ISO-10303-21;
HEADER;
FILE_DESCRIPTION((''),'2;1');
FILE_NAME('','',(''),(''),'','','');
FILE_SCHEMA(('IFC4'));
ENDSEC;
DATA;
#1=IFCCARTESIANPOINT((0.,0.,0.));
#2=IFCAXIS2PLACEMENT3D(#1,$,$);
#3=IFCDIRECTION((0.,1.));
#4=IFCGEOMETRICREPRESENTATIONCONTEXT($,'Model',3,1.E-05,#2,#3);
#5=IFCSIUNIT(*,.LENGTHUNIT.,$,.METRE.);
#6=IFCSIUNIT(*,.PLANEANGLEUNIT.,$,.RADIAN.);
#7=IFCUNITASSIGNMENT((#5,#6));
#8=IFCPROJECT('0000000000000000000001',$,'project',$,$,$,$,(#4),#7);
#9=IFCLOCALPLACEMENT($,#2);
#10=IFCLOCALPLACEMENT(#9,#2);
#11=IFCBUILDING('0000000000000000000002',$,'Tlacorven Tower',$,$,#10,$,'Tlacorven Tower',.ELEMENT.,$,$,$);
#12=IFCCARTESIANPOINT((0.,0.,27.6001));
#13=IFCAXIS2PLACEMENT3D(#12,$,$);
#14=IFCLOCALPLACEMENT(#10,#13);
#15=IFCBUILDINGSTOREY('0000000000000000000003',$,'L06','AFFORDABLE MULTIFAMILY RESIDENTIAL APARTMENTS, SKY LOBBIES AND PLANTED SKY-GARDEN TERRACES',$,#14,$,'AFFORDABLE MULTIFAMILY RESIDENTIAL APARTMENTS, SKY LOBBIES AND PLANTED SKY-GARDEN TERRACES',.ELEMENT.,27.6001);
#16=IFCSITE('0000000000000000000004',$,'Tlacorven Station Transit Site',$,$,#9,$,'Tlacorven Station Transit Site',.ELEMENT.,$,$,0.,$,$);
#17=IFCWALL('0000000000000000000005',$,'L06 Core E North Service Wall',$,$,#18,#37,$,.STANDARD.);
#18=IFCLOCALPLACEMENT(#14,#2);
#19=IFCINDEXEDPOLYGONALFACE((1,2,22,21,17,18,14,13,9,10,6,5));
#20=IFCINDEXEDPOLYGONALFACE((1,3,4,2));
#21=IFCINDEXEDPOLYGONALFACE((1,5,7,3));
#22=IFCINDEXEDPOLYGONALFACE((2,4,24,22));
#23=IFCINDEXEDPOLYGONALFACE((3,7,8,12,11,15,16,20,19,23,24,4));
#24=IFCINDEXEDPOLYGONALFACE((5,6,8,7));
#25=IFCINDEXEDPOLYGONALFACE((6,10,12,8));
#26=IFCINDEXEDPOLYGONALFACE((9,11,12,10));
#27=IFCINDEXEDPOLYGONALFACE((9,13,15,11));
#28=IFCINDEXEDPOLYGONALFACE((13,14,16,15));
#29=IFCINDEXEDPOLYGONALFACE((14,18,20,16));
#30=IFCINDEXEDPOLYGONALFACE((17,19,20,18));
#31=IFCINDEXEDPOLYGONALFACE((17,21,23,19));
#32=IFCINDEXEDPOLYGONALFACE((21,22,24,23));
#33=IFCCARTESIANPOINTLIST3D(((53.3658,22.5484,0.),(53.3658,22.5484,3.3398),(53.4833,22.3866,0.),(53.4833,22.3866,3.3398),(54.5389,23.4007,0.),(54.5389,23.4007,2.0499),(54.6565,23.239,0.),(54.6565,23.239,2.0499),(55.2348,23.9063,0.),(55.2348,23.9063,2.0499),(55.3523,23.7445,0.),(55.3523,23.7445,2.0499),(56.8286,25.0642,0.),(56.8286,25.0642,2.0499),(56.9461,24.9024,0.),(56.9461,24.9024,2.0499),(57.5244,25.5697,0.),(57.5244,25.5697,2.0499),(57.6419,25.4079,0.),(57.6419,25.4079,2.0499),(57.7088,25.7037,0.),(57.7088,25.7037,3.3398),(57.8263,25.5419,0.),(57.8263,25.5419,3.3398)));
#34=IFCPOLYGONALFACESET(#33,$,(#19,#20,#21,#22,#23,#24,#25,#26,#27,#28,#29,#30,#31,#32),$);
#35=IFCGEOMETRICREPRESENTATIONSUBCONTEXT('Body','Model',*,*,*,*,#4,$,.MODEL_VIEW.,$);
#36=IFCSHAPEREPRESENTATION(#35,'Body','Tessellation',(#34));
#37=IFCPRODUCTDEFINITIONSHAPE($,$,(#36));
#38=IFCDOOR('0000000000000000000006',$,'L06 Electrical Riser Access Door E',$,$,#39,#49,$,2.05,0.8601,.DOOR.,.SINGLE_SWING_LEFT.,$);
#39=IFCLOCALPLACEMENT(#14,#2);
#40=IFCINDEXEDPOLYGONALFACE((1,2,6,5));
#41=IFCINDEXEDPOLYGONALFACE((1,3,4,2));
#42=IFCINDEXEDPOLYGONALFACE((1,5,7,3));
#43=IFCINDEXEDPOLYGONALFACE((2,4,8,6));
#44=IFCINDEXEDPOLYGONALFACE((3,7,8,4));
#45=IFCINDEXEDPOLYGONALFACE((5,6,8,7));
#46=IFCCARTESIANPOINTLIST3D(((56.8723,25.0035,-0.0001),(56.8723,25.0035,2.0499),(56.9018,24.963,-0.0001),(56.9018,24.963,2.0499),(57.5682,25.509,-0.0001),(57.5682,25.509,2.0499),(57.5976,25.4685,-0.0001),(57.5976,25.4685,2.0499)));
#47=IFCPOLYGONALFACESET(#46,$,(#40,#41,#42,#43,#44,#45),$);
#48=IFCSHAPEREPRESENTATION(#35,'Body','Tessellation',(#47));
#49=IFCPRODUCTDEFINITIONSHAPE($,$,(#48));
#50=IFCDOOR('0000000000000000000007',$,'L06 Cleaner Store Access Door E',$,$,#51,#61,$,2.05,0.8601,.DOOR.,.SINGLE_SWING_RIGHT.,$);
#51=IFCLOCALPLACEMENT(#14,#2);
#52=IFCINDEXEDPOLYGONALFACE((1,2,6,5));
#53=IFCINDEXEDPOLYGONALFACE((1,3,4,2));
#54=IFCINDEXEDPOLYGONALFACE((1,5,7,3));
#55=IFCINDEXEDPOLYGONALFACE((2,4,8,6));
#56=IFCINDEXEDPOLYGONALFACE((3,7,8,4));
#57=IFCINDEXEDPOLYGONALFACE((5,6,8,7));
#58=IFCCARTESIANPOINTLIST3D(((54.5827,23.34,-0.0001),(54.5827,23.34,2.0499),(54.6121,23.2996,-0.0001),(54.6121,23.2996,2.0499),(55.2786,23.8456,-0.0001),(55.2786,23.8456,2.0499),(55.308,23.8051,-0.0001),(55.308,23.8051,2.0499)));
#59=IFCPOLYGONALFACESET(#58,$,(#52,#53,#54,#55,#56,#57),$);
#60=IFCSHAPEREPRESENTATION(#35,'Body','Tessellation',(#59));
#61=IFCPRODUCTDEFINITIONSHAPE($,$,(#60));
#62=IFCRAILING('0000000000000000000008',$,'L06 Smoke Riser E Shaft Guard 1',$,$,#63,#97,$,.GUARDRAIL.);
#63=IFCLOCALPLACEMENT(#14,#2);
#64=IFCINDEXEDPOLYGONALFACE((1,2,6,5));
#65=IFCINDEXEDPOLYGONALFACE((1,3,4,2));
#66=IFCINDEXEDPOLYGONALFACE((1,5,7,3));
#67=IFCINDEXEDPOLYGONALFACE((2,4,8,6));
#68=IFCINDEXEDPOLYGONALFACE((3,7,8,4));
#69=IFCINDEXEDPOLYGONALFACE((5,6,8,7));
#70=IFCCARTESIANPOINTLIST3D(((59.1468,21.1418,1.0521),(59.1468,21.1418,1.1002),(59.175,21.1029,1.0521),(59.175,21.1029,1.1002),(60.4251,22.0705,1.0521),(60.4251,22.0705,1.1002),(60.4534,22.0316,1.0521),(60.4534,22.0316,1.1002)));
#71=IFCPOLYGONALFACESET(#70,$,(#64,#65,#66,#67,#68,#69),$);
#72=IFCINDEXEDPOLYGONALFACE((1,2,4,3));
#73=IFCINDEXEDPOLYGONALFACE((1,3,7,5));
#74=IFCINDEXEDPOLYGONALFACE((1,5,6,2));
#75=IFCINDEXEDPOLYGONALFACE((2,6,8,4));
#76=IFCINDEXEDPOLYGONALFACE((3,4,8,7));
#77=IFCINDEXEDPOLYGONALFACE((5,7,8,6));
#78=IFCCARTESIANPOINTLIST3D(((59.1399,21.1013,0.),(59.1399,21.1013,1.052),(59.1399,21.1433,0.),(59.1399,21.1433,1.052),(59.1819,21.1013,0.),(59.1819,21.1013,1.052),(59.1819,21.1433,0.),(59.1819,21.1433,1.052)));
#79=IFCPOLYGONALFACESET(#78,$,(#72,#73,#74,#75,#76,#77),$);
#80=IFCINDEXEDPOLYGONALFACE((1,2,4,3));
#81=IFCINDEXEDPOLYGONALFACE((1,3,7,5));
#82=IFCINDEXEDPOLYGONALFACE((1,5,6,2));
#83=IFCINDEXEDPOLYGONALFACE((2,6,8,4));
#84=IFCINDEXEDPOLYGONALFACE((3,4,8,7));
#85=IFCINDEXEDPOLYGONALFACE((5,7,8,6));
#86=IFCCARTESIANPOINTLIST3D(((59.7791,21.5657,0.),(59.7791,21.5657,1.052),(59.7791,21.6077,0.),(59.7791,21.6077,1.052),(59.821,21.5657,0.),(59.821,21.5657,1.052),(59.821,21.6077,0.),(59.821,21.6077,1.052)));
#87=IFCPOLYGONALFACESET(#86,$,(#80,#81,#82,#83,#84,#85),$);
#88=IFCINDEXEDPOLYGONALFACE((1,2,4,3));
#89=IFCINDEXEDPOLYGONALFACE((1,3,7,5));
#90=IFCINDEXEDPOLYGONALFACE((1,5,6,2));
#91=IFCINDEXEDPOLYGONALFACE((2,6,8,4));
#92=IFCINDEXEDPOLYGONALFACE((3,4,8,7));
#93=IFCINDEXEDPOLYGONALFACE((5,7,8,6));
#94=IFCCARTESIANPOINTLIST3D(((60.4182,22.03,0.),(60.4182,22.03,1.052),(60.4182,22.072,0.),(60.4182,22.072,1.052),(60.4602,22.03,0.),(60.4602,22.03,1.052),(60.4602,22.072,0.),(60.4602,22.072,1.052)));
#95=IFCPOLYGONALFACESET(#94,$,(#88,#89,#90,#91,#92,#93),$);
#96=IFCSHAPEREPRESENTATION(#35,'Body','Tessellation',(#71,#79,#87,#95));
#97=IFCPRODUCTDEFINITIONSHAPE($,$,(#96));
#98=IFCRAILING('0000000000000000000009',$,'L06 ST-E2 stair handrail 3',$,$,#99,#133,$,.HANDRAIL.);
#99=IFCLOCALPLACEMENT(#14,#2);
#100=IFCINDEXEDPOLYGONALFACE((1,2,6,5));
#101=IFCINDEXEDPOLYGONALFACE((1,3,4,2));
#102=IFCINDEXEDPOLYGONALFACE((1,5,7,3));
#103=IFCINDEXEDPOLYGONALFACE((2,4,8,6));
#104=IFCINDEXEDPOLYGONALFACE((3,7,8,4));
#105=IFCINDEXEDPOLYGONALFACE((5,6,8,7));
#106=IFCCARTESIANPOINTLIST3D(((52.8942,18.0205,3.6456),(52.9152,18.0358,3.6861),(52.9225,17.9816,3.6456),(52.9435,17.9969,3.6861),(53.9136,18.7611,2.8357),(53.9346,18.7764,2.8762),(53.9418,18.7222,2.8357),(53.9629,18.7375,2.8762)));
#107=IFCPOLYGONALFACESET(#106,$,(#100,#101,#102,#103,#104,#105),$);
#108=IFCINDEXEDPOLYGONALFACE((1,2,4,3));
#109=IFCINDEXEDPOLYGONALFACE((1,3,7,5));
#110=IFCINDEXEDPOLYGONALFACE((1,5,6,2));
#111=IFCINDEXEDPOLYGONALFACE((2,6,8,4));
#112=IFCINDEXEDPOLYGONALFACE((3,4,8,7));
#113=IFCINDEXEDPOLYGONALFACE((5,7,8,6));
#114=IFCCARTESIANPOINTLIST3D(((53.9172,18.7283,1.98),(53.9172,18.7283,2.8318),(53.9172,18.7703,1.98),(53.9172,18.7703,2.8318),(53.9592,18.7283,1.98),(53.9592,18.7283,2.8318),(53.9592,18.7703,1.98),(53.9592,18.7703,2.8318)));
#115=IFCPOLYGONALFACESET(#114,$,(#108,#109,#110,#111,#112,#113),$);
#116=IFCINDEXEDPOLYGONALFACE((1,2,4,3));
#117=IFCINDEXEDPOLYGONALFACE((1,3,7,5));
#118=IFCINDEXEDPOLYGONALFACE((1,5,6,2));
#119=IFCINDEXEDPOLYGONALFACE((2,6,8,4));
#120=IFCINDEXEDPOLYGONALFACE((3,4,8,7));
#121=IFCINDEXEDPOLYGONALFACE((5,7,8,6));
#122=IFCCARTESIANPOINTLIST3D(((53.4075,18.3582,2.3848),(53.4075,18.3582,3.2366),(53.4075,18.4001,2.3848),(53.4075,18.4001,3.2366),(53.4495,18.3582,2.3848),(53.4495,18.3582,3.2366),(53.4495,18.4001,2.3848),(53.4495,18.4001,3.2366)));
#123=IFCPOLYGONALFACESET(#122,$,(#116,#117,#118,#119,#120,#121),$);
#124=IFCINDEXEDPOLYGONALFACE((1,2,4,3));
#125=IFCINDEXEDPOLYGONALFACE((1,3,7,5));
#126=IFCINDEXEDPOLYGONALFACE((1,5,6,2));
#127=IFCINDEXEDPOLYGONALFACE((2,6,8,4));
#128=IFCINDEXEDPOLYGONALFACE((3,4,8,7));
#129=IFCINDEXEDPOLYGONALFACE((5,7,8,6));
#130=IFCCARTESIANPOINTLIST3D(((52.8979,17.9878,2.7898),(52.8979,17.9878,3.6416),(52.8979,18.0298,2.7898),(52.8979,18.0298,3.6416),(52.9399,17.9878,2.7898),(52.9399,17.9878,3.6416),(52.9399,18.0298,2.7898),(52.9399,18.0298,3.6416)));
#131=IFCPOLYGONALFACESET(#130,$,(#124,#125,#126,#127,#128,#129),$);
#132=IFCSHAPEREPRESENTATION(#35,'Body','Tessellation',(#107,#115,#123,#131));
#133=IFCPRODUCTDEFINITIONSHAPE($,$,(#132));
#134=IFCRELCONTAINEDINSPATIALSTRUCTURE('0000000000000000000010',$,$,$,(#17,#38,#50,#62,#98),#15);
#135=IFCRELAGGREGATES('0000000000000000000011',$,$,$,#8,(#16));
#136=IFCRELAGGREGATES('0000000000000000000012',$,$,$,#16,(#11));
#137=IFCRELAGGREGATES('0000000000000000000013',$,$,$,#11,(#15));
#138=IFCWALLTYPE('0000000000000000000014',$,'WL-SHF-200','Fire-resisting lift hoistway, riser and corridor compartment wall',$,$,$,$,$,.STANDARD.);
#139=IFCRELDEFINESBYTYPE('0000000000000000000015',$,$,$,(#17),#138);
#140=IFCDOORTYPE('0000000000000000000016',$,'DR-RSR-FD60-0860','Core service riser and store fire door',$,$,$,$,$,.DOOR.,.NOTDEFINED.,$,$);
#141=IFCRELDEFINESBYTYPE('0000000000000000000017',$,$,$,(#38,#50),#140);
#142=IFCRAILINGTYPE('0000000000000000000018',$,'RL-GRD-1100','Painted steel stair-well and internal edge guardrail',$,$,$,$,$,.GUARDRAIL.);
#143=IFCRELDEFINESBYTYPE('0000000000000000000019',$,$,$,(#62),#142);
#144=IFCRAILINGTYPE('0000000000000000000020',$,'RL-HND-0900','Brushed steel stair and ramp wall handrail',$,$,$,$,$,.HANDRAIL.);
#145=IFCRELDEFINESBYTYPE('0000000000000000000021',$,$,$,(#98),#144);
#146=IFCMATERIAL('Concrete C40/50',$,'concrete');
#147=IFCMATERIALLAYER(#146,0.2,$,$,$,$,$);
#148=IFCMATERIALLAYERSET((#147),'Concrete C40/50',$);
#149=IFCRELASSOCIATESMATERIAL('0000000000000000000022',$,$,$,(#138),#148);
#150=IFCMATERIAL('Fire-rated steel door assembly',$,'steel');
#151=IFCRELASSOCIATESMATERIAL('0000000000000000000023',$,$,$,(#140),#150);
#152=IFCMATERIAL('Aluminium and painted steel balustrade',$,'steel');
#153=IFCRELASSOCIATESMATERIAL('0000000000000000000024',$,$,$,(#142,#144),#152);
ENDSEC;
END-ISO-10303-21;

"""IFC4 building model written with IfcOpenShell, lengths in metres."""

from ifc_helpers import new_model, si_unit, direction, frame, frame_2d, origin, origin_2d, place, context, subcontext, project, spatial, rectangle, extrude, source, transform, mapped, material, layer, layer_set, type_object, element, fill, save


model = new_model("IFC4")

# Units and contexts
model_context = context("Model", 3, precision=1e-05, world=origin(), true_north=direction((0.0, 1.0)))
body_context = subcontext(model_context, "Body", "Model", "MODEL_VIEW")
ifc_project = project(units=[si_unit("LENGTHUNIT", "METRE"), si_unit("PLANEANGLEUNIT", "RADIAN")], contexts=[model_context])

# Site, building, storey
site_placement = place(None, origin())
site = spatial("IfcSite", under=ifc_project, at=site_placement, Name="Tlacorven Station Transit Site", LongName="Tlacorven Station Transit Site", CompositionType="ELEMENT", RefElevation=0.0)
building_placement = place(site_placement, origin())
building = spatial("IfcBuilding", under=site, at=building_placement, Name="Tlacorven Tower", LongName="Tlacorven Tower", CompositionType="ELEMENT")
storey_placement = place(building_placement, frame((0.0, 0.0, 27.6001)))
storey = spatial("IfcBuildingStorey", under=building, at=storey_placement, Name="L06", Description="AFFORDABLE MULTIFAMILY RESIDENTIAL APARTMENTS, SKY LOBBIES AND PLANTED SKY-GARDEN TERRACES", LongName="AFFORDABLE MULTIFAMILY RESIDENTIAL APARTMENTS, SKY LOBBIES AND PLANTED SKY-GARDEN TERRACES", CompositionType="ELEMENT", Elevation=27.6001)

# Shared definitions
ifc_material_1 = material(Name="Concrete C40/50", Category="concrete")
ifc_layer_1 = layer(ifc_material_1, 0.2)
ifc_layer_set_1 = layer_set([ifc_layer_1], Name="Concrete C40/50")
wall_type_1 = type_object("IfcWallType", Name="WL-SHF-200", Description="Fire-resisting lift hoistway, riser and corridor compartment wall", PredefinedType="STANDARD", material=ifc_layer_set_1)
ifc_material_2 = material(Name="Fire-rated steel door assembly", Category="steel")
door_type_1 = type_object("IfcDoorType", Name="DR-RSR-FD60-0860", Description="Core service riser and store fire door", OperationType="NOTDEFINED", PredefinedType="DOOR", material=ifc_material_2)
shared_shape_1 = source(origin(), body_context, "Body", "SweptSolid", [
    extrude(rectangle(XDim=0.8601, YDim=2.05, at=frame_2d((0.4302, 1.0249))), frame((0.0, 0.0249, 0.0), z_axis=(0.0, -1.0, 0.0), x_axis=(1.0, 0.0, 0.0)), (0.0, 0.0, 1.0), 0.05),
])

# Wall, openings, doors
wall_1_placement = place(storey_placement, frame((53.4246, 22.4675, 0.0), z_axis=(0.0, 0.0, 1.0), x_axis=(0.809027, 0.587771, 0.0)))
wall_1 = element("IfcWall", 1, at=wall_1_placement, inside=storey, type_object=wall_type_1, Name="L06 Core E North Service Wall", PredefinedType="STANDARD", context=body_context, shape_type="SweptSolid", body=[
    extrude(rectangle(XDim=5.3682, YDim=0.2, at=frame_2d((2.6841, 0.0))), origin(), (0.0, 0.0, 1.0), 3.3398),
])
opening_1_placement = place(wall_1_placement, frame((4.28, 0.0, 0.0)))
opening_1 = element("IfcOpeningElement", 2, at=opening_1_placement, cuts=wall_1, PredefinedType="OPENING", context=body_context, shape_type="SweptSolid", body=[
    extrude(rectangle(XDim=0.8601, YDim=2.05, at=frame_2d((0.4302, 1.0249))), frame((0.0, 0.1099, 0.0), z_axis=(0.0, -1.0, 0.0), x_axis=(1.0, 0.0, 0.0)), (0.0, 0.0, 1.0), 0.22),
])
opening_2_placement = place(wall_1_placement, frame((1.45, 0.0, 0.0)))
opening_2 = element("IfcOpeningElement", 3, at=opening_2_placement, cuts=wall_1, PredefinedType="OPENING", context=body_context, shape_type="SweptSolid", body=[
    extrude(rectangle(XDim=0.8601, YDim=2.05, at=frame_2d((0.4302, 1.0249))), frame((0.0, 0.1099, 0.0), z_axis=(0.0, -1.0, 0.0), x_axis=(1.0, 0.0, 0.0)), (0.0, 0.0, 1.0), 0.22),
])
door_1_placement = place(opening_1_placement, frame((0.8601, 0.0, 0.0), z_axis=(0.0, 0.0, 1.0), x_axis=(-1.0, 0.0, 0.0)))
door_1 = element("IfcDoor", 4, at=door_1_placement, inside=storey, type_object=door_type_1, Name="L06 Electrical Riser Access Door E", OperationType="SINGLE_SWING_LEFT", OverallHeight=2.05, OverallWidth=0.8601, PredefinedType="DOOR", context=body_context, shape_type="MappedRepresentation", body=[
    mapped(shared_shape_1, transform((0.0, 0.0, 0.0), scale=1.0)),
])
fill(opening_1, door_1)
door_2_placement = place(opening_2_placement, frame((0.8601, 0.0, 0.0), z_axis=(0.0, 0.0, 1.0), x_axis=(-1.0, 0.0, 0.0)))
door_2 = element("IfcDoor", 5, at=door_2_placement, inside=storey, type_object=door_type_1, Name="L06 Cleaner Store Access Door E", OperationType="SINGLE_SWING_RIGHT", OverallHeight=2.05, OverallWidth=0.8601, PredefinedType="DOOR", context=body_context, shape_type="MappedRepresentation", body=[
    mapped(shared_shape_1, transform((0.0, 0.0, 0.0), scale=1.0)),
])
fill(opening_2, door_2)

# Railings
ifc_material_3 = material(Name="Aluminium and painted steel balustrade", Category="steel")
railing_type_1 = type_object("IfcRailingType", Name="RL-GRD-1100", Description="Painted steel stair-well and internal edge guardrail", PredefinedType="GUARDRAIL", material=ifc_material_3)
shared_shape_2 = source(origin(), body_context, "Body", "SweptSolid", [
    extrude(rectangle(XDim=0.0481, YDim=0.0481, at=origin_2d()), frame((0.0, 0.0, 1.0762), z_axis=(0.80903, 0.587767, 0.0), x_axis=(-0.587767, 0.80903, 0.0)), (0.0, 0.0, 1.0), 1.5801),
    extrude(rectangle(XDim=0.042, YDim=0.042, at=origin_2d()), origin(), (0.0, 0.0, 1.0), 1.052),
    extrude(rectangle(XDim=0.042, YDim=0.042, at=origin_2d()), frame((0.6392, 0.4644, 0.0)), (0.0, 0.0, 1.0), 1.052),
    extrude(rectangle(XDim=0.042, YDim=0.042, at=origin_2d()), frame((1.2783, 0.9287, 0.0)), (0.0, 0.0, 1.0), 1.052),
])
railing_1_placement = place(storey_placement, frame((59.1609, 21.1223, 0.0)))
element("IfcRailing", 6, at=railing_1_placement, inside=storey, type_object=railing_type_1, Name="L06 Smoke Riser E Shaft Guard 1", PredefinedType="GUARDRAIL", context=body_context, shape_type="MappedRepresentation", body=[
    mapped(shared_shape_2, transform((0.0, 0.0, 0.0), scale=1.0)),
])
railing_type_2 = type_object("IfcRailingType", Name="RL-HND-0900", Description="Brushed steel stair and ramp wall handrail", PredefinedType="HANDRAIL", material=ifc_material_3)
shared_shape_3 = source(origin(), body_context, "Body", "SweptSolid", [
    extrude(rectangle(XDim=0.0481, YDim=0.0481, at=origin_2d()), frame((0.0, 0.0, 0.876), z_axis=(-0.680576, -0.494416, 0.540712), x_axis=(0.587745, -0.809046, 0.0)), (0.0, 0.0, 1.0), 1.4978),
    extrude(rectangle(XDim=0.042, YDim=0.042, at=origin_2d()), origin(), (0.0, 0.0, 1.0), 0.8518),
    extrude(rectangle(XDim=0.042, YDim=0.042, at=origin_2d()), frame((-0.5098, -0.3701, 0.4048)), (0.0, 0.0, 1.0), 0.8518),
    extrude(rectangle(XDim=0.042, YDim=0.042, at=origin_2d()), frame((-1.0193, -0.7405, 0.8098)), (0.0, 0.0, 1.0), 0.8518),
])
railing_2_placement = place(storey_placement, frame((53.9382, 18.7493, 1.98)))
element("IfcRailing", 7, at=railing_2_placement, inside=storey, type_object=railing_type_2, Name="L06 ST-E2 stair handrail 3", PredefinedType="HANDRAIL", context=body_context, shape_type="MappedRepresentation", body=[
    mapped(shared_shape_3, transform((0.0, 0.0, 0.0), scale=1.0)),
])

save(model, "model.ifc")
